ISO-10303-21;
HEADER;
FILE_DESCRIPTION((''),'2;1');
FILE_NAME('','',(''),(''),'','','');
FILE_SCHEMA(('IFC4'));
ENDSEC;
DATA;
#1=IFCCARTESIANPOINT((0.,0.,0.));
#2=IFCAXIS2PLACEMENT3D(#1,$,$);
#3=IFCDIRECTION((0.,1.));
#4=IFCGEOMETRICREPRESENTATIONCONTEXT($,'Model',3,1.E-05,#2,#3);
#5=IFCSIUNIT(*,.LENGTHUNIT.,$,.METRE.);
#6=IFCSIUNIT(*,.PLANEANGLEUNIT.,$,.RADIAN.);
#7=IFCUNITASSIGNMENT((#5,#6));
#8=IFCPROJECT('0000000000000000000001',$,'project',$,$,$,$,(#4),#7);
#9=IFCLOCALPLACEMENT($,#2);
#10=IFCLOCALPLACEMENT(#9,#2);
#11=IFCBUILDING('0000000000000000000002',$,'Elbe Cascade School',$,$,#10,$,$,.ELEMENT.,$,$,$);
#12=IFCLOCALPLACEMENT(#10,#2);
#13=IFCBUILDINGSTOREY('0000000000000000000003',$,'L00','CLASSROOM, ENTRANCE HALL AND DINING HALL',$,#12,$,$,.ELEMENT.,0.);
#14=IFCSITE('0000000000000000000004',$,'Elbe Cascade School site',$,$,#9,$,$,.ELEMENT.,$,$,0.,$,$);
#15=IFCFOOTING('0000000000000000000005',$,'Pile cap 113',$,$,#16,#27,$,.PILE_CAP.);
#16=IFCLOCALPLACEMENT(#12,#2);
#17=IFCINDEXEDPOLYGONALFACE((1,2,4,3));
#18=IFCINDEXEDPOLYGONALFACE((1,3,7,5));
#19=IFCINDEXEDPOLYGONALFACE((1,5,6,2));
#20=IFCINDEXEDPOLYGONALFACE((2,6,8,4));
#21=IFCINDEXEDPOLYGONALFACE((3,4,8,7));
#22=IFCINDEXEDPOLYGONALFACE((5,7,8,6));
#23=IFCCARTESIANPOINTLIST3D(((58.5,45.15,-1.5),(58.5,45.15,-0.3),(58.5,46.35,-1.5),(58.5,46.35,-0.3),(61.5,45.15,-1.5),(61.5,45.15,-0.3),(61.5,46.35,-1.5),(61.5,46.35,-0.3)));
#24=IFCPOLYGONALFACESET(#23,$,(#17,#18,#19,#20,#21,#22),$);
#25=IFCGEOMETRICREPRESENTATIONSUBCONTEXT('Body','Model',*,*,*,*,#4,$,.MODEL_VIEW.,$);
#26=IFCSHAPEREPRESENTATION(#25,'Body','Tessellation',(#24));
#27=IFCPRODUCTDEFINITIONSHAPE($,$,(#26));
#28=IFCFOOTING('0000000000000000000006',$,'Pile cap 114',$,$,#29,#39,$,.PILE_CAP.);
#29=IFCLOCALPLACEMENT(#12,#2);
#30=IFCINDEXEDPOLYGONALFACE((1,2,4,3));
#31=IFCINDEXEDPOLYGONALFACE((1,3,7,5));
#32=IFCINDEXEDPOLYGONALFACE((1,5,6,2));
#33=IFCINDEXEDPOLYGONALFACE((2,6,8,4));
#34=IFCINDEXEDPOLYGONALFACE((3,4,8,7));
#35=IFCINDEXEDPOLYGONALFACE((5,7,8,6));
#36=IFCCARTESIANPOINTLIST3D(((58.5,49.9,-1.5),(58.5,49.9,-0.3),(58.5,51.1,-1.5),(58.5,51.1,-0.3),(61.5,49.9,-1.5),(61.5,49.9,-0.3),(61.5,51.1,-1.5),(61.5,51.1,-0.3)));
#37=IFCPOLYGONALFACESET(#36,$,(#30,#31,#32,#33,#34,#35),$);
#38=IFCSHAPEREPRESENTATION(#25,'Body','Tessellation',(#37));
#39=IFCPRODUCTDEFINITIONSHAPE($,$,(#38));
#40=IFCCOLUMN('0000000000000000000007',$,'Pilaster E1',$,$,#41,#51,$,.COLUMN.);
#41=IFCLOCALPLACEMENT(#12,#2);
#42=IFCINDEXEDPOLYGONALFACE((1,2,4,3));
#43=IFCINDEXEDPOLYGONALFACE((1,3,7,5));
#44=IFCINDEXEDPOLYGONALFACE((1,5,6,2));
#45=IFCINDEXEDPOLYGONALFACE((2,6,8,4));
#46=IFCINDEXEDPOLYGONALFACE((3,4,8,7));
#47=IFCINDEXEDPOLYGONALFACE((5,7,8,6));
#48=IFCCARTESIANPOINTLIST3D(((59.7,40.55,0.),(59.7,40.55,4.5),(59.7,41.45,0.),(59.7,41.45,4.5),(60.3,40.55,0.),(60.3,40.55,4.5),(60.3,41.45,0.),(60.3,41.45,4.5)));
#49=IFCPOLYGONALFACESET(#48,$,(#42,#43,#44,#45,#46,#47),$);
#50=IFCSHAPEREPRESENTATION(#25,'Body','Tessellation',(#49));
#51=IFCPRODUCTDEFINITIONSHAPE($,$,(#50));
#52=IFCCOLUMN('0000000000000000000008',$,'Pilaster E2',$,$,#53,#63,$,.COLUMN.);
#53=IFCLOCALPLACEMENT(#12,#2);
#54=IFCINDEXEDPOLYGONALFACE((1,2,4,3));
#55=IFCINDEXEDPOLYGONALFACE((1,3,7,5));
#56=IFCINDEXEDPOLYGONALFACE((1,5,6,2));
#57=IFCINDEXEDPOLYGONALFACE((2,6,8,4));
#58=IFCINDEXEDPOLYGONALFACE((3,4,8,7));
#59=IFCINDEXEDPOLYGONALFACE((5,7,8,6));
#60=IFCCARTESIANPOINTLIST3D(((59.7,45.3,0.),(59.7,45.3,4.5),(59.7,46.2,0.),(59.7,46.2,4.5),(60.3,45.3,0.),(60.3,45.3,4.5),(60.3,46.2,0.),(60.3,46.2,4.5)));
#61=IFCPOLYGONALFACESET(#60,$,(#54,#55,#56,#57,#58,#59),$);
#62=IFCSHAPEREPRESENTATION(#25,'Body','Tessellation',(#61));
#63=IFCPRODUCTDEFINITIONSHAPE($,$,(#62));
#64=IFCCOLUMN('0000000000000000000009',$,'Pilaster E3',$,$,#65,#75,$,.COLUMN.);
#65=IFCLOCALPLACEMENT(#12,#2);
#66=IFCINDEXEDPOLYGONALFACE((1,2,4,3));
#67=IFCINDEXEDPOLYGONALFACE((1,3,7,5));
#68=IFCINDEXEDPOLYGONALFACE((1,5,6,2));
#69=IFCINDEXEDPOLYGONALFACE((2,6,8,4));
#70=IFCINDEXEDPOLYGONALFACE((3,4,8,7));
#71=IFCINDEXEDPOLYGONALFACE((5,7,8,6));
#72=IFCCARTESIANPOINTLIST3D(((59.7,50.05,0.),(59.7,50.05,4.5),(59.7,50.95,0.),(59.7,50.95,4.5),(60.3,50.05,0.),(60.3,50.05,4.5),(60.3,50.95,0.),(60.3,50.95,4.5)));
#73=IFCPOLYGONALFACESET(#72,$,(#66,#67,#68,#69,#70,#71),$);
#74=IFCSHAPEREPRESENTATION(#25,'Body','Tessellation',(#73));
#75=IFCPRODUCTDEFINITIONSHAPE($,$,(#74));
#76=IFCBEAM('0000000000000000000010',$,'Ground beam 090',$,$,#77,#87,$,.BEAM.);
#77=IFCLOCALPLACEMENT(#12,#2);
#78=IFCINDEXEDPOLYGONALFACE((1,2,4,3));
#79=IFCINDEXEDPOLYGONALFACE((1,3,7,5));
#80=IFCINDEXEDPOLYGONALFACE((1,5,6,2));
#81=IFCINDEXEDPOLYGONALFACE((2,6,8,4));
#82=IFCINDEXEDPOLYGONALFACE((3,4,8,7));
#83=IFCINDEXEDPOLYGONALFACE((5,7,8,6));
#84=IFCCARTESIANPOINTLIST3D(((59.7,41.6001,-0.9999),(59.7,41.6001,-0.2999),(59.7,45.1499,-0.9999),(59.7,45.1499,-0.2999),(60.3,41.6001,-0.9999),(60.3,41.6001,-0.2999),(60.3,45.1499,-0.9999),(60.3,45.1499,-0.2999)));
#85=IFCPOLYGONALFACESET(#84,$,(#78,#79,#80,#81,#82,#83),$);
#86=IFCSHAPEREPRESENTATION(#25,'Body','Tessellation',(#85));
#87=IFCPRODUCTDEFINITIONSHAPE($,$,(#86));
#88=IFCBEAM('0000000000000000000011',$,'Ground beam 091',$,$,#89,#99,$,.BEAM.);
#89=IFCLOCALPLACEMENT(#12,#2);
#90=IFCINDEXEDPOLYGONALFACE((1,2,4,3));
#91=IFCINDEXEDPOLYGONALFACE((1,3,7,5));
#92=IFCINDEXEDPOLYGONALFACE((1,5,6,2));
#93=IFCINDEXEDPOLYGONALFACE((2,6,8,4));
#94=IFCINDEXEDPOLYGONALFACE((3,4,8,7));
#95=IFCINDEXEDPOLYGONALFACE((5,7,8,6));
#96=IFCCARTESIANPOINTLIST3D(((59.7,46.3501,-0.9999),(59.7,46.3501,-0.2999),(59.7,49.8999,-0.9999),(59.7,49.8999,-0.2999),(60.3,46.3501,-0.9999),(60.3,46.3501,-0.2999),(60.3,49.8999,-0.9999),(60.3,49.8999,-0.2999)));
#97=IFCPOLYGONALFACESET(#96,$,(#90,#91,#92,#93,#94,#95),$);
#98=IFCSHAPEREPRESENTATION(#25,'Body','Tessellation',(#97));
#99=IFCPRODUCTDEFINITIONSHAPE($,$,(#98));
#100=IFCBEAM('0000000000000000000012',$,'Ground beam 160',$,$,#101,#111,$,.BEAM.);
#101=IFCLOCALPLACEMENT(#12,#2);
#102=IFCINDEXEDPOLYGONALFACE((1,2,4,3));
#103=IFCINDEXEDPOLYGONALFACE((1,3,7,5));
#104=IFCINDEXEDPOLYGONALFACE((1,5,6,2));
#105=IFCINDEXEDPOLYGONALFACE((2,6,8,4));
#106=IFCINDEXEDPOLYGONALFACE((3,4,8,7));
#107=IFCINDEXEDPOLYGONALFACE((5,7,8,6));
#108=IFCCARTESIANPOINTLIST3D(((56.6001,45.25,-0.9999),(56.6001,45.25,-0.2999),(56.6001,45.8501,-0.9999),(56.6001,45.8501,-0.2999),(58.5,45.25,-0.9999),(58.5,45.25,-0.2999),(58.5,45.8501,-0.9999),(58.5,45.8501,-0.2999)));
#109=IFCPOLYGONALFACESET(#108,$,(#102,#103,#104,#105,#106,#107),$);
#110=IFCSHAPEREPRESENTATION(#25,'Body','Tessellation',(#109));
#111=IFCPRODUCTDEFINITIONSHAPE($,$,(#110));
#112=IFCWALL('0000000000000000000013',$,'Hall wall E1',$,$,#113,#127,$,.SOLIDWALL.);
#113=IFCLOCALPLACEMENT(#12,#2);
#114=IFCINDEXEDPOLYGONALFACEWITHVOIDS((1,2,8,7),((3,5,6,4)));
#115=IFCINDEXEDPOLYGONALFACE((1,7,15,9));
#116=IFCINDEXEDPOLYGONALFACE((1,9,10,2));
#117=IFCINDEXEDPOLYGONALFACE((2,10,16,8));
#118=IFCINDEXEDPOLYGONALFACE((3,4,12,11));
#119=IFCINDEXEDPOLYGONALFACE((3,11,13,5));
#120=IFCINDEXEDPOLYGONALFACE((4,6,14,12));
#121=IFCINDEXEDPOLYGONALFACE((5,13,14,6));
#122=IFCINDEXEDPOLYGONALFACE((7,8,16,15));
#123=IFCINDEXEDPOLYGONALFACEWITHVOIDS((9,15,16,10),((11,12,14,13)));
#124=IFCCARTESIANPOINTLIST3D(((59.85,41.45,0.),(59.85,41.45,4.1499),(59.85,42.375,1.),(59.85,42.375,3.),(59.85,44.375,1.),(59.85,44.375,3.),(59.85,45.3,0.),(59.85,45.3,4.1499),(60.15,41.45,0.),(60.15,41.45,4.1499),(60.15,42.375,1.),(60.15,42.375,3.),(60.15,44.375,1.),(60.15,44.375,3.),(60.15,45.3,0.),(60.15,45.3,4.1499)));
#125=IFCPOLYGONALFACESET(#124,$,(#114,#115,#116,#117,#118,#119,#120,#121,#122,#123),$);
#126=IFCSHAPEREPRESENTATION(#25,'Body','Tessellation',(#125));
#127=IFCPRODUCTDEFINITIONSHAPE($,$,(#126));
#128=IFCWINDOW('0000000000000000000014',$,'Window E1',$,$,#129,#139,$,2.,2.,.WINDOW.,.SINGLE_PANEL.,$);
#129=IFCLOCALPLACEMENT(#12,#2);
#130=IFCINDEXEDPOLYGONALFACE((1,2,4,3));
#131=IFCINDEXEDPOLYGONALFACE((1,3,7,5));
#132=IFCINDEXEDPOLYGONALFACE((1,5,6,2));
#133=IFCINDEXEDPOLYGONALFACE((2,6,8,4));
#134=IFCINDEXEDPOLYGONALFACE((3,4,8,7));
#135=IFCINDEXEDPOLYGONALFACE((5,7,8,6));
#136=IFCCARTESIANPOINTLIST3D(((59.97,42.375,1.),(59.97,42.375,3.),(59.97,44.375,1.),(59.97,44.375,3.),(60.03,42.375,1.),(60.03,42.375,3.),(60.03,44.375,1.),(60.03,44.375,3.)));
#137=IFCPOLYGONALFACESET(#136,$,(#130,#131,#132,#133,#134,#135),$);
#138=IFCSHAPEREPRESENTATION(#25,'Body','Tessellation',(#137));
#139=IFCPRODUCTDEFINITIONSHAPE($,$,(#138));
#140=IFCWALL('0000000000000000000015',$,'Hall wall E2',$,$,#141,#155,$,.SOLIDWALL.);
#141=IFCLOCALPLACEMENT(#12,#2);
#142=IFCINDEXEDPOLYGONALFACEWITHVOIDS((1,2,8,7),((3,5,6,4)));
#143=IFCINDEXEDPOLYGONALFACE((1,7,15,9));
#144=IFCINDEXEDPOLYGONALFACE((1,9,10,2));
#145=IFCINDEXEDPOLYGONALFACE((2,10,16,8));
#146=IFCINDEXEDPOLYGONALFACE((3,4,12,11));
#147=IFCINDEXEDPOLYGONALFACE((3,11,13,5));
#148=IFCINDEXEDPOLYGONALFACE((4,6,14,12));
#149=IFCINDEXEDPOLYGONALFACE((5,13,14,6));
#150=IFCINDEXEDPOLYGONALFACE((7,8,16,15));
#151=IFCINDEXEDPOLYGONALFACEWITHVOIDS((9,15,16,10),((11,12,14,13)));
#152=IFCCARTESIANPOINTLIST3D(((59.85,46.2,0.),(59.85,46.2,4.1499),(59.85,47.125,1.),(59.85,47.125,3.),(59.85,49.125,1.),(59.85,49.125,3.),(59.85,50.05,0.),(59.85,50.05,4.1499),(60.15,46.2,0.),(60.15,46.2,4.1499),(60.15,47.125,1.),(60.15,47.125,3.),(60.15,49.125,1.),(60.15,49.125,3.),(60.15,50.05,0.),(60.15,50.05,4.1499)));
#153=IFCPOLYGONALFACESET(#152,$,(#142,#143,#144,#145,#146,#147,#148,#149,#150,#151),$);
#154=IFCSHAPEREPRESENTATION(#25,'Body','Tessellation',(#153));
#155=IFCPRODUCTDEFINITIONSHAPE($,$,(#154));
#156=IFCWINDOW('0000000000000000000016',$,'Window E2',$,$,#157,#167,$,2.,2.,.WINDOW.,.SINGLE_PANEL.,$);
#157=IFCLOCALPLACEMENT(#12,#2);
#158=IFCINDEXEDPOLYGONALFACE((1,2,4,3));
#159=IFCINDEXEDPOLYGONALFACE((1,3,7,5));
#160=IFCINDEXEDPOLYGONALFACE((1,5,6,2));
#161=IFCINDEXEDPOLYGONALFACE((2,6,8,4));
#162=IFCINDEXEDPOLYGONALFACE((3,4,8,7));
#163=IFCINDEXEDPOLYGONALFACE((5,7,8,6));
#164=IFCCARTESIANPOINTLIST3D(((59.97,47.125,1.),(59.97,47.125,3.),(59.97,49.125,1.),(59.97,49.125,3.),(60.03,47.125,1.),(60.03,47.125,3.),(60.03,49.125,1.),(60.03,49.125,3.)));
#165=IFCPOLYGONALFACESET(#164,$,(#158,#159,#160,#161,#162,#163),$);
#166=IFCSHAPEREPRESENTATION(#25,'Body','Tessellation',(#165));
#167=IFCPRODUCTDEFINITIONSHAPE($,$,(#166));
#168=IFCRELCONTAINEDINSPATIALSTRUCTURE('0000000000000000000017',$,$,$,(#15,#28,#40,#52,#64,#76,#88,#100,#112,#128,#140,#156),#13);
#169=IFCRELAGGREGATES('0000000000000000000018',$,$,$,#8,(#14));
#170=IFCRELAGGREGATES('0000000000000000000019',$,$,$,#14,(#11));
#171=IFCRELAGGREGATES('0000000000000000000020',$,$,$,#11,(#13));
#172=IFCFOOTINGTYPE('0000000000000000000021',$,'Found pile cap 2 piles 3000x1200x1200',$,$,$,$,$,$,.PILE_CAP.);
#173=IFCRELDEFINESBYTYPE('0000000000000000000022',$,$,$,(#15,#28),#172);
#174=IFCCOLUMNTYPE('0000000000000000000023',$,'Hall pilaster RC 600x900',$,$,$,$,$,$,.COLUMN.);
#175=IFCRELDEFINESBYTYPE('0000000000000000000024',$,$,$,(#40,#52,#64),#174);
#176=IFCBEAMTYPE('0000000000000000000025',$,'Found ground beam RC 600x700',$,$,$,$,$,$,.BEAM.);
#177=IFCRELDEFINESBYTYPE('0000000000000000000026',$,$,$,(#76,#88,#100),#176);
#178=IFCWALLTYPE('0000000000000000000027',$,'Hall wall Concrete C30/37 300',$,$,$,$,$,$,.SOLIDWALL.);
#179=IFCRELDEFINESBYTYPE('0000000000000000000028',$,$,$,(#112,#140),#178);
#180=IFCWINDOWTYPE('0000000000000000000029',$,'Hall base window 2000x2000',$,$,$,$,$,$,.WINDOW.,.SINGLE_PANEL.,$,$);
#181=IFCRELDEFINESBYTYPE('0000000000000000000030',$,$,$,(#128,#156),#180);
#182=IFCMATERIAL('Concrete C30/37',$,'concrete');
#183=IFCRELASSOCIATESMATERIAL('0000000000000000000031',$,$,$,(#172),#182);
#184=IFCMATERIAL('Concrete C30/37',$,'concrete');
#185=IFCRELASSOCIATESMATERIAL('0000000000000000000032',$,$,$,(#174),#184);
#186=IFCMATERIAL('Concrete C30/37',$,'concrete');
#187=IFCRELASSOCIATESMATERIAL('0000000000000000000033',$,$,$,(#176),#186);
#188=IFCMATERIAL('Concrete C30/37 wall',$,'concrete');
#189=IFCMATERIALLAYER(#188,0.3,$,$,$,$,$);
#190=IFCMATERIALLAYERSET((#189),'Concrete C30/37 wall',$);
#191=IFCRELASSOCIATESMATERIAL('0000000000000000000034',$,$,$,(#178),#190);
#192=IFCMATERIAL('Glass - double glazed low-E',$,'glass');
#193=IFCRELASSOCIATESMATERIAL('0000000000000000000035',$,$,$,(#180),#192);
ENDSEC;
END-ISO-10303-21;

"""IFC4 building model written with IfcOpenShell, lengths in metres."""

from ifc_helpers import new_model, si_unit, direction, frame, frame_2d, origin, origin_2d, place, context, subcontext, project, spatial, rectangle, extrude, material, layer, layer_set, material_profile, profile_set, type_object, element, fill, save


model = new_model("IFC4")

# Units and contexts
model_context = context("Model", 3, precision=1e-05, world=origin(), true_north=direction((0.0, 1.0)))
body_context = subcontext(model_context, "Body", "Model", "MODEL_VIEW")
ifc_project = project(units=[si_unit("LENGTHUNIT", "METRE"), si_unit("PLANEANGLEUNIT", "RADIAN")], contexts=[model_context])

# Site, building, storey
site_placement = place(None, origin())
site = spatial("IfcSite", under=ifc_project, at=site_placement, Name="Elbe Cascade School site", CompositionType="ELEMENT", RefElevation=0.0)
building_placement = place(site_placement, origin())
building = spatial("IfcBuilding", under=site, at=building_placement, Name="Elbe Cascade School", CompositionType="ELEMENT")
storey_placement = place(building_placement, origin())
storey = spatial("IfcBuildingStorey", under=building, at=storey_placement, Name="L00", Description="CLASSROOM, ENTRANCE HALL AND DINING HALL", CompositionType="ELEMENT", Elevation=0.0)

# Footings
ifc_material_1 = material(Name="Concrete C30/37", Category="concrete")
footing_type = type_object("IfcFootingType", Name="Found pile cap 2 piles 3000x1200x1200", PredefinedType="PILE_CAP", material=ifc_material_1)
for number, where, z_axis, x_axis, name in (
    (1, (60.0, 45.75, -1.5), (0.0, 0.0, 1.0), (1.0, 0.0, 0.0), "Pile cap 113"),
    (2, (60.0, 50.5, -1.5), (0.0, 0.0, 1.0), (1.0, 0.0, 0.0), "Pile cap 114"),
):
    element("IfcFooting", number, at=place(storey_placement, frame(where, z_axis=z_axis, x_axis=x_axis)), inside=storey, type_object=footing_type, Name=name, PredefinedType="PILE_CAP", context=body_context, shape_type="SweptSolid", body=[
        extrude(rectangle(XDim=3.0, YDim=1.2, at=origin_2d()), origin(), (0.0, 0.0, 1.0), 1.2),
    ])

# Columns
ifc_material_2 = material(Name="Concrete C30/37", Category="concrete")
ifc_material_profile_1 = material_profile(ifc_material_2, rectangle(XDim=0.6001, YDim=0.8999, at=origin_2d()), Name="RC 600x900")
ifc_profile_set_1 = profile_set([ifc_material_profile_1], Name="Concrete C30/37")
column_type = type_object("IfcColumnType", Name="Hall pilaster RC 600x900", PredefinedType="COLUMN", material=ifc_profile_set_1)
for number, where, z_axis, x_axis, name in (
    (3, (60.0, 41.0, 0.0), (0.0, 0.0, 1.0), (1.0, 0.0, 0.0), "Pilaster E1"),
    (4, (60.0, 45.75, 0.0), (0.0, 0.0, 1.0), (1.0, 0.0, 0.0), "Pilaster E2"),
    (5, (60.0, 50.5, 0.0), (0.0, 0.0, 1.0), (1.0, 0.0, 0.0), "Pilaster E3"),
):
    element("IfcColumn", number, at=place(storey_placement, frame(where, z_axis=z_axis, x_axis=x_axis)), inside=storey, type_object=column_type, Name=name, PredefinedType="COLUMN", context=body_context, shape_type="SweptSolid", body=[
        extrude(rectangle(XDim=0.6001, YDim=0.8999, at=origin_2d()), origin(), (0.0, 0.0, 1.0), 4.5),
    ])

# Beams
ifc_material_3 = material(Name="Concrete C30/37", Category="concrete")
ifc_material_profile_2 = material_profile(ifc_material_3, rectangle(XDim=0.6001, YDim=0.7, at=origin_2d()), Name="RC 600x700")
ifc_profile_set_2 = profile_set([ifc_material_profile_2], Name="Concrete C30/37")
beam_type = type_object("IfcBeamType", Name="Found ground beam RC 600x700", PredefinedType="BEAM", material=ifc_profile_set_2)
for number, where, z_axis, x_axis, name in (
    (6, (60.0, 41.6001, -0.6499), (0.0, 1.0, 0.0), (-1.0, 0.0, 0.0), "Ground beam 090"),
    (7, (60.0, 46.3501, -0.6499), (0.0, 1.0, 0.0), (-1.0, 0.0, 0.0), "Ground beam 091"),
):
    element("IfcBeam", number, at=place(storey_placement, frame(where, z_axis=z_axis, x_axis=x_axis)), inside=storey, type_object=beam_type, Name=name, PredefinedType="BEAM", context=body_context, shape_type="SweptSolid", body=[
        extrude(rectangle(XDim=0.6001, YDim=0.7, at=origin_2d()), origin(), (0.0, 0.0, 1.0), 3.5498),
    ])
beam_placement = place(storey_placement, frame((56.6001, 45.55, -0.6499), z_axis=(1.0, 0.0, 0.0), x_axis=(0.0, 1.0, 0.0)))
element("IfcBeam", 8, at=beam_placement, inside=storey, type_object=beam_type, Name="Ground beam 160", PredefinedType="BEAM", context=body_context, shape_type="SweptSolid", body=[
    extrude(rectangle(XDim=0.6001, YDim=0.7, at=origin_2d()), origin(), (0.0, 0.0, 1.0), 1.8999),
])

# Walls, openings, windows
ifc_material_4 = material(Name="Concrete C30/37 wall", Category="concrete")
ifc_layer_1 = layer(ifc_material_4, 0.3)
ifc_layer_set_1 = layer_set([ifc_layer_1], Name="Concrete C30/37 wall")
wall_type = type_object("IfcWallType", Name="Hall wall Concrete C30/37 300", PredefinedType="SOLIDWALL", material=ifc_layer_set_1)
wall_1_placement = place(storey_placement, frame((60.0, 41.45, 0.0), z_axis=(0.0, 0.0, 1.0), x_axis=(0.0, 1.0, 0.0)))
wall_1 = element("IfcWall", 9, at=wall_1_placement, inside=storey, type_object=wall_type, Name="Hall wall E1", PredefinedType="SOLIDWALL", context=body_context, shape_type="SweptSolid", body=[
    extrude(rectangle(XDim=3.8501, YDim=0.3, at=frame_2d((1.925, 0.0))), origin(), (0.0, 0.0, 1.0), 4.1499),
])
opening_1_placement = place(wall_1_placement, frame((0.925, 0.0, 1.0)))
opening_1 = element("IfcOpeningElement", 10, at=opening_1_placement, cuts=wall_1, PredefinedType="OPENING", context=body_context, shape_type="SweptSolid", body=[
    extrude(rectangle(XDim=2.0, YDim=2.0, at=frame_2d((1.0, 1.0))), frame((0.0, 0.1599, 0.0), z_axis=(0.0, -1.0, 0.0), x_axis=(1.0, 0.0, 0.0)), (0.0, 0.0, 1.0), 0.3201),
])
ifc_material_5 = material(Name="Glass - double glazed low-E", Category="glass")
window_type_1 = type_object("IfcWindowType", Name="Hall base window 2000x2000", PartitioningType="SINGLE_PANEL", PredefinedType="WINDOW", material=ifc_material_5)
window_1_placement = place(opening_1_placement, origin())
window_1 = element("IfcWindow", 11, at=window_1_placement, inside=storey, type_object=window_type_1, Name="Window E1", OverallHeight=2.0, OverallWidth=2.0, PartitioningType="SINGLE_PANEL", PredefinedType="WINDOW", context=body_context, shape_type="SweptSolid", body=[
    extrude(rectangle(XDim=2.0, YDim=2.0, at=frame_2d((1.0, 1.0))), frame((0.0, 0.03, 0.0), z_axis=(0.0, -1.0, 0.0), x_axis=(1.0, 0.0, 0.0)), (0.0, 0.0, 1.0), 0.0601),
])
fill(opening_1, window_1)
wall_2_placement = place(storey_placement, frame((60.0, 46.2, 0.0), z_axis=(0.0, 0.0, 1.0), x_axis=(0.0, 1.0, 0.0)))
wall_2 = element("IfcWall", 12, at=wall_2_placement, inside=storey, type_object=wall_type, Name="Hall wall E2", PredefinedType="SOLIDWALL", context=body_context, shape_type="SweptSolid", body=[
    extrude(rectangle(XDim=3.8501, YDim=0.3, at=frame_2d((1.925, 0.0))), origin(), (0.0, 0.0, 1.0), 4.1499),
])
opening_2_placement = place(wall_2_placement, frame((0.925, 0.0, 1.0)))
opening_2 = element("IfcOpeningElement", 13, at=opening_2_placement, cuts=wall_2, PredefinedType="OPENING", context=body_context, shape_type="SweptSolid", body=[
    extrude(rectangle(XDim=2.0, YDim=2.0, at=frame_2d((1.0, 1.0))), frame((0.0, 0.1599, 0.0), z_axis=(0.0, -1.0, 0.0), x_axis=(1.0, 0.0, 0.0)), (0.0, 0.0, 1.0), 0.3201),
])
window_2_placement = place(opening_2_placement, origin())
window_2 = element("IfcWindow", 14, at=window_2_placement, inside=storey, type_object=window_type_1, Name="Window E2", OverallHeight=2.0, OverallWidth=2.0, PartitioningType="SINGLE_PANEL", PredefinedType="WINDOW", context=body_context, shape_type="SweptSolid", body=[
    extrude(rectangle(XDim=2.0, YDim=2.0, at=frame_2d((1.0, 1.0))), frame((0.0, 0.03, 0.0), z_axis=(0.0, -1.0, 0.0), x_axis=(1.0, 0.0, 0.0)), (0.0, 0.0, 1.0), 0.0601),
])
fill(opening_2, window_2)

save(model, "model.ifc")
